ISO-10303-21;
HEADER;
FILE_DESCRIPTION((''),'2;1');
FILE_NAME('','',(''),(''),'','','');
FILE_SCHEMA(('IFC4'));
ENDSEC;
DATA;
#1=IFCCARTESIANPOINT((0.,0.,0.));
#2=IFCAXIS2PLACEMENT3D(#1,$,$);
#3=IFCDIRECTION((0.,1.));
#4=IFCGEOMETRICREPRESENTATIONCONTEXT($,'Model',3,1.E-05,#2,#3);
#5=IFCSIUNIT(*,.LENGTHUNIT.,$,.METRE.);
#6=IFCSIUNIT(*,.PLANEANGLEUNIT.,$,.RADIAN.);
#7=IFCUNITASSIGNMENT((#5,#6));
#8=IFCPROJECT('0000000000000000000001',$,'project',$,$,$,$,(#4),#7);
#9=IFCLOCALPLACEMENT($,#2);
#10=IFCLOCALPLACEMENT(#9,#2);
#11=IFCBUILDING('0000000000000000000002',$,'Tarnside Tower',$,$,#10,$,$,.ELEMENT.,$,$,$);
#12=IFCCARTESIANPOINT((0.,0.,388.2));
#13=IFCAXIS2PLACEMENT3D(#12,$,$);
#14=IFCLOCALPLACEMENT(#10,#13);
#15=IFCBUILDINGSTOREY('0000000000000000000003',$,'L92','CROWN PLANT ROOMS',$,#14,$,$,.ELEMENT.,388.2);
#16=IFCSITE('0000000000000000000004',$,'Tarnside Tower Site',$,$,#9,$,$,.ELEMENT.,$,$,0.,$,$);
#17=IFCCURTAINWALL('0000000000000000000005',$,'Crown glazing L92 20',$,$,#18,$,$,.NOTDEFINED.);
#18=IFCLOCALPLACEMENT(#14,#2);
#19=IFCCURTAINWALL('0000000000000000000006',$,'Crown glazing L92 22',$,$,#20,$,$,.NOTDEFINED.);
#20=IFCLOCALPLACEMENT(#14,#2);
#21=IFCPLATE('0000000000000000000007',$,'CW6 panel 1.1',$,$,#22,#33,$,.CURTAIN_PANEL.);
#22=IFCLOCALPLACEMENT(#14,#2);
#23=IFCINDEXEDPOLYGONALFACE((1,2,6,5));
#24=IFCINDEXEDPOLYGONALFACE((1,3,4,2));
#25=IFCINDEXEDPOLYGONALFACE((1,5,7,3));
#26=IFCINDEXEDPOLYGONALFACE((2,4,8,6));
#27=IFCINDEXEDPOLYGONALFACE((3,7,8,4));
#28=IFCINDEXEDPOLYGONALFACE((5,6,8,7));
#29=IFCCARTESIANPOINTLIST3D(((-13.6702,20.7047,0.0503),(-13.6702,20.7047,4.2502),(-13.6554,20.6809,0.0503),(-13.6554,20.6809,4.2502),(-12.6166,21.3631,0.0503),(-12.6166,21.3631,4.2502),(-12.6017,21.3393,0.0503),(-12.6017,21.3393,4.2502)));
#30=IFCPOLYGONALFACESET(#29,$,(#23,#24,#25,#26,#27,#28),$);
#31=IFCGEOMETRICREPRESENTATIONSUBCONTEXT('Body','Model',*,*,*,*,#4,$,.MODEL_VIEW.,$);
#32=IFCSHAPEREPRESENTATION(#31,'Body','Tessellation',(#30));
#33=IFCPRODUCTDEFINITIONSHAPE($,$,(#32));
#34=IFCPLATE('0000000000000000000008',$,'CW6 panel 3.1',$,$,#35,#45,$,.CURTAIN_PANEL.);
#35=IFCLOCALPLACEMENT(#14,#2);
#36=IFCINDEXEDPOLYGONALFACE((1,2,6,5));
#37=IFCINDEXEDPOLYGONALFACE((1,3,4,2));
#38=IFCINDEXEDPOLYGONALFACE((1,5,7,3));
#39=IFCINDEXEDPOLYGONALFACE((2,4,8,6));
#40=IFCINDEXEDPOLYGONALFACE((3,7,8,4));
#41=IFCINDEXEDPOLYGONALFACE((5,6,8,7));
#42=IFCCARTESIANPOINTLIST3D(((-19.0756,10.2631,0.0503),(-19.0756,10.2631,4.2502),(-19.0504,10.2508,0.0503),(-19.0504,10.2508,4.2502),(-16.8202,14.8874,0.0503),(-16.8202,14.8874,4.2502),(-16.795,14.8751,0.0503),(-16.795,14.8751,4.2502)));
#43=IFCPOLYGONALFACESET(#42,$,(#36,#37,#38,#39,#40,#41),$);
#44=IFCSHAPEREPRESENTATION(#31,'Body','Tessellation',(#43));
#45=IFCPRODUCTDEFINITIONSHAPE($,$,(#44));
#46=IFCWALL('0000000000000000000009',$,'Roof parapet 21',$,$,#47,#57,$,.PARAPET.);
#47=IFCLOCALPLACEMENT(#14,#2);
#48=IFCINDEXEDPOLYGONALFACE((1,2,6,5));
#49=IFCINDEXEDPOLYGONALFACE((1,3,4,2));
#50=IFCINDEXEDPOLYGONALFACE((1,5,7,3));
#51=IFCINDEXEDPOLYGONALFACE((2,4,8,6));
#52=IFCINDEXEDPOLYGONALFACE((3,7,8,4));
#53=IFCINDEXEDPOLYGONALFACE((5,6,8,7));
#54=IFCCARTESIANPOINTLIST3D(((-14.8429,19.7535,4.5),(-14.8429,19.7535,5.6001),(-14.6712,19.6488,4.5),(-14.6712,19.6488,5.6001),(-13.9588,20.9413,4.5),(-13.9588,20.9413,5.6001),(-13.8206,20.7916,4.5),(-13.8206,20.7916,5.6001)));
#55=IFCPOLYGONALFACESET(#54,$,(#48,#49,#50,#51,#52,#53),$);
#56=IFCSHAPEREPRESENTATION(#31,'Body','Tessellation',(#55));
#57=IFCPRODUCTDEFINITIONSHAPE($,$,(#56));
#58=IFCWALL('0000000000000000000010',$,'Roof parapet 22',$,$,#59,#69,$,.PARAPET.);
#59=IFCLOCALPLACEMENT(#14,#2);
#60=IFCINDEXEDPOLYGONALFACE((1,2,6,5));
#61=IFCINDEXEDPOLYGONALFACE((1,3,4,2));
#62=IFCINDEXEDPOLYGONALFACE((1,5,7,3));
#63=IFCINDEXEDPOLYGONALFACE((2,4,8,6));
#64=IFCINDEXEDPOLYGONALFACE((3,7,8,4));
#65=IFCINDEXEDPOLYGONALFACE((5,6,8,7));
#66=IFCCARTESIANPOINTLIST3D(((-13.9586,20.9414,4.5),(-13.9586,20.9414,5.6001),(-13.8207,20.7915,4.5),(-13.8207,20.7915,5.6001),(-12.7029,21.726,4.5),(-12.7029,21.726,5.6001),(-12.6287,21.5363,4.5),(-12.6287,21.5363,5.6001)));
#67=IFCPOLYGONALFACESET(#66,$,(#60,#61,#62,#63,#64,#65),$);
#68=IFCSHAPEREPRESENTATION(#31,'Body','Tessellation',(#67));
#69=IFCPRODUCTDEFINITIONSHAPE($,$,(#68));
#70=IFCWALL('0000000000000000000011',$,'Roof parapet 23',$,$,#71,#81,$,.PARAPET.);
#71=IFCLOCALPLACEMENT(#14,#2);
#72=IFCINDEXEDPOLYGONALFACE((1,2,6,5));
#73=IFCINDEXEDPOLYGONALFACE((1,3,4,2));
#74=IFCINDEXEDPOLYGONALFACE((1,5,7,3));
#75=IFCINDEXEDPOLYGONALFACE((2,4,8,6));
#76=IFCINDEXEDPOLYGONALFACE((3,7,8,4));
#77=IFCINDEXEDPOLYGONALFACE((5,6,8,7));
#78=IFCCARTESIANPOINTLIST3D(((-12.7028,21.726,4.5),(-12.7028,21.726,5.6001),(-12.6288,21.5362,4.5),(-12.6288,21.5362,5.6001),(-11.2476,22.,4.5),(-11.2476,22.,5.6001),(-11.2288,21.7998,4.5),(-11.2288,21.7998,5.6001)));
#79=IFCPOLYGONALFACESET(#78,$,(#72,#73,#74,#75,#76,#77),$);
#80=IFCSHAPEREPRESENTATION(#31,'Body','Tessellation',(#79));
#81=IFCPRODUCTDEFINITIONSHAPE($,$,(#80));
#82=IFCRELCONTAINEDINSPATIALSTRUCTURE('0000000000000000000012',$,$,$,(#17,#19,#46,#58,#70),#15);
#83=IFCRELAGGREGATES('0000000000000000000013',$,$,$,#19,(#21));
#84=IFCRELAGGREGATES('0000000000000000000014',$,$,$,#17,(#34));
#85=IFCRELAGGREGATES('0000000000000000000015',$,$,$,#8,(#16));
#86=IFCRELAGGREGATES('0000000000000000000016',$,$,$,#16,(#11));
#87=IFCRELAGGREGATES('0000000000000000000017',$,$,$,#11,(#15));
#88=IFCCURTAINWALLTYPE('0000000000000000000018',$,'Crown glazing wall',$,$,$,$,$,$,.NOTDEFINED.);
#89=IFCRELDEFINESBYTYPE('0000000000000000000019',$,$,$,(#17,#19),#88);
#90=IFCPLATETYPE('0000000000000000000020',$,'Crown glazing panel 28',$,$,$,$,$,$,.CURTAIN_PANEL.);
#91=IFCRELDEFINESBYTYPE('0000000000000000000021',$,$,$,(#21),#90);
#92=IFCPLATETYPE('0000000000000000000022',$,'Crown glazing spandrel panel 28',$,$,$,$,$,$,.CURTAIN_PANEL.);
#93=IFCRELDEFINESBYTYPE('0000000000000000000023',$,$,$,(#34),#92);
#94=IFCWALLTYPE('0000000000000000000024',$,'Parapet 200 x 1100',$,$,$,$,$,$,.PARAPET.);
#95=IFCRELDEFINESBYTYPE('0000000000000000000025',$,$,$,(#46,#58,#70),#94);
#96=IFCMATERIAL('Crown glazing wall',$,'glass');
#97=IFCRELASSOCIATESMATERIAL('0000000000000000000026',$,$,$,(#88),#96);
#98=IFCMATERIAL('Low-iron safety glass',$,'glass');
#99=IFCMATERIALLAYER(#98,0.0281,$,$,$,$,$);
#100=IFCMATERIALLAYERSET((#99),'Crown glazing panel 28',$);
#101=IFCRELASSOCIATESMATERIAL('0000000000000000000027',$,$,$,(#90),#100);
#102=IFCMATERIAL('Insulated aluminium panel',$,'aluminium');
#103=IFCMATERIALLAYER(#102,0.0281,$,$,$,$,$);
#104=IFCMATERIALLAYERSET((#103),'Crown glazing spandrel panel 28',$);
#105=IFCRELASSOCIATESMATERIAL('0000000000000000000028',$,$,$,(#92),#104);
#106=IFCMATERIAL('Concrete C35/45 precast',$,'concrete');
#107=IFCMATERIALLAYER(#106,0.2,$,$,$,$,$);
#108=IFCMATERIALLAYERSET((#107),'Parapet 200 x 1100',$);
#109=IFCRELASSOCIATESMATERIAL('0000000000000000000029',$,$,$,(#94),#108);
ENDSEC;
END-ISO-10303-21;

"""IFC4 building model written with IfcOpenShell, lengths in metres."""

from ifc_helpers import new_model, si_unit, direction, frame, origin, origin_2d, place, context, subcontext, project, spatial, polyline, rectangle, outline, extrude, material, layer, layer_set, type_object, element, aggregate, save


model = new_model("IFC4")

# Units and contexts
model_context = context("Model", 3, precision=1e-05, world=origin(), true_north=direction((0.0, 1.0)))
body_context = subcontext(model_context, "Body", "Model", "MODEL_VIEW")
ifc_project = project(units=[si_unit("LENGTHUNIT", "METRE"), si_unit("PLANEANGLEUNIT", "RADIAN")], contexts=[model_context])

# Site, building, storey
site_placement = place(None, origin())
site = spatial("IfcSite", under=ifc_project, at=site_placement, Name="Tarnside Tower Site", CompositionType="ELEMENT", RefElevation=0.0)
building_placement = place(site_placement, origin())
building = spatial("IfcBuilding", under=site, at=building_placement, Name="Tarnside Tower", CompositionType="ELEMENT")
storey_placement = place(building_placement, frame((0.0, 0.0, 388.2)))
storey = spatial("IfcBuildingStorey", under=building, at=storey_placement, Name="L92", Description="CROWN PLANT ROOMS", CompositionType="ELEMENT", Elevation=388.2)

# Curtain walls
ifc_material_1 = material(Name="Crown glazing wall", Category="glass")
curtain_wall_type = type_object("IfcCurtainWallType", Name="Crown glazing wall", PredefinedType="NOTDEFINED", material=ifc_material_1)
curtain_wall_1_placement = place(storey_placement, origin())
curtain_wall_1 = element("IfcCurtainWall", 1, at=curtain_wall_1_placement, inside=storey, type_object=curtain_wall_type, Name="Crown glazing L92 20", PredefinedType="NOTDEFINED")
curtain_wall_2_placement = place(storey_placement, origin())
curtain_wall_2 = element("IfcCurtainWall", 2, at=curtain_wall_2_placement, inside=storey, type_object=curtain_wall_type, Name="Crown glazing L92 22", PredefinedType="NOTDEFINED")

# Plates
ifc_material_2 = material(Name="Low-iron safety glass", Category="glass")
ifc_layer_1 = layer(ifc_material_2, 0.0281)
ifc_layer_set_1 = layer_set([ifc_layer_1], Name="Crown glazing panel 28")
plate_type_1 = type_object("IfcPlateType", Name="Crown glazing panel 28", PredefinedType="CURTAIN_PANEL", material=ifc_layer_set_1)
plate_1_placement = place(storey_placement, frame((-13.136, 21.022, 0.0503), z_axis=(0.0, 0.0, 1.0), x_axis=(0.848048, 0.529919, 0.0)))
plate_1 = element("IfcPlate", 3, at=plate_1_placement, type_object=plate_type_1, Name="CW6 panel 1.1", PredefinedType="CURTAIN_PANEL", context=body_context, shape_type="SweptSolid", body=[
    extrude(rectangle(XDim=1.2424, YDim=0.0281, at=origin_2d()), origin(), (0.0, 0.0, 1.0), 4.2),
])
aggregate(curtain_wall_2, [plate_1])
ifc_material_3 = material(Name="Insulated aluminium panel", Category="aluminium")
ifc_layer_2 = layer(ifc_material_3, 0.0281)
ifc_layer_set_2 = layer_set([ifc_layer_2], Name="Crown glazing spandrel panel 28")
plate_type_2 = type_object("IfcPlateType", Name="Crown glazing spandrel panel 28", PredefinedType="CURTAIN_PANEL", material=ifc_layer_set_2)
plate_2_placement = place(storey_placement, frame((-17.9353, 12.5691, 0.0503), z_axis=(0.0, 0.0, 1.0), x_axis=(0.438371, 0.898794, 0.0)))
plate_2 = element("IfcPlate", 4, at=plate_2_placement, type_object=plate_type_2, Name="CW6 panel 3.1", PredefinedType="CURTAIN_PANEL", context=body_context, shape_type="SweptSolid", body=[
    extrude(rectangle(XDim=5.145, YDim=0.0281, at=origin_2d()), origin(), (0.0, 0.0, 1.0), 4.2),
])
aggregate(curtain_wall_1, [plate_2])

# Walls
ifc_material_4 = material(Name="Concrete C35/45 precast", Category="concrete")
ifc_layer_3 = layer(ifc_material_4, 0.2)
ifc_layer_set_3 = layer_set([ifc_layer_3], Name="Parapet 200 x 1100")
wall_type = type_object("IfcWallType", Name="Parapet 200 x 1100", PredefinedType="PARAPET", material=ifc_layer_set_3)
wall_1_placement = place(storey_placement, frame((-14.7571, 19.7012, 4.5), z_axis=(0.0, 0.0, 1.0), x_axis=(0.597119, 0.802153, 0.0)))
element("IfcWall", 5, at=wall_1_placement, inside=storey, type_object=wall_type, Name="Roof parapet 21", PredefinedType="PARAPET", context=body_context, shape_type="SweptSolid", body=[
    extrude(outline(polyline([(0.0093, -0.1001), (1.4338, -0.1001), (1.4714, 0.1001), (-0.0093, 0.1001), (0.0093, -0.1001)])), origin(), (0.0, 0.0, 1.0), 1.1001),
])
wall_2_placement = place(storey_placement, frame((-13.8896, 20.8665, 4.5), z_axis=(0.0, 0.0, 1.0), x_axis=(0.848084, 0.529862, 0.0)))
element("IfcWall", 6, at=wall_2_placement, inside=storey, type_object=wall_type, Name="Roof parapet 22", PredefinedType="PARAPET", context=body_context, shape_type="SweptSolid", body=[
    extrude(outline(polyline([(0.0188, -0.1001), (1.4243, -0.1001), (1.4619, 0.1001), (-0.0188, 0.1001), (0.0188, -0.1001)])), origin(), (0.0, 0.0, 1.0), 1.1001),
])
wall_3_placement = place(storey_placement, frame((-12.6658, 21.6311, 4.5), z_axis=(0.0, 0.0, 1.0), x_axis=(0.982729, 0.18505, 0.0)))
element("IfcWall", 7, at=wall_3_placement, inside=storey, type_object=wall_type, Name="Roof parapet 23", PredefinedType="PARAPET", context=body_context, shape_type="SweptSolid", body=[
    extrude(outline(polyline([(0.0188, -0.1001), (1.4434, -0.1001), (1.4619, 0.1001), (-0.0188, 0.1001), (0.0188, -0.1001)])), origin(), (0.0, 0.0, 1.0), 1.1001),
])

save(model, "model.ifc")
